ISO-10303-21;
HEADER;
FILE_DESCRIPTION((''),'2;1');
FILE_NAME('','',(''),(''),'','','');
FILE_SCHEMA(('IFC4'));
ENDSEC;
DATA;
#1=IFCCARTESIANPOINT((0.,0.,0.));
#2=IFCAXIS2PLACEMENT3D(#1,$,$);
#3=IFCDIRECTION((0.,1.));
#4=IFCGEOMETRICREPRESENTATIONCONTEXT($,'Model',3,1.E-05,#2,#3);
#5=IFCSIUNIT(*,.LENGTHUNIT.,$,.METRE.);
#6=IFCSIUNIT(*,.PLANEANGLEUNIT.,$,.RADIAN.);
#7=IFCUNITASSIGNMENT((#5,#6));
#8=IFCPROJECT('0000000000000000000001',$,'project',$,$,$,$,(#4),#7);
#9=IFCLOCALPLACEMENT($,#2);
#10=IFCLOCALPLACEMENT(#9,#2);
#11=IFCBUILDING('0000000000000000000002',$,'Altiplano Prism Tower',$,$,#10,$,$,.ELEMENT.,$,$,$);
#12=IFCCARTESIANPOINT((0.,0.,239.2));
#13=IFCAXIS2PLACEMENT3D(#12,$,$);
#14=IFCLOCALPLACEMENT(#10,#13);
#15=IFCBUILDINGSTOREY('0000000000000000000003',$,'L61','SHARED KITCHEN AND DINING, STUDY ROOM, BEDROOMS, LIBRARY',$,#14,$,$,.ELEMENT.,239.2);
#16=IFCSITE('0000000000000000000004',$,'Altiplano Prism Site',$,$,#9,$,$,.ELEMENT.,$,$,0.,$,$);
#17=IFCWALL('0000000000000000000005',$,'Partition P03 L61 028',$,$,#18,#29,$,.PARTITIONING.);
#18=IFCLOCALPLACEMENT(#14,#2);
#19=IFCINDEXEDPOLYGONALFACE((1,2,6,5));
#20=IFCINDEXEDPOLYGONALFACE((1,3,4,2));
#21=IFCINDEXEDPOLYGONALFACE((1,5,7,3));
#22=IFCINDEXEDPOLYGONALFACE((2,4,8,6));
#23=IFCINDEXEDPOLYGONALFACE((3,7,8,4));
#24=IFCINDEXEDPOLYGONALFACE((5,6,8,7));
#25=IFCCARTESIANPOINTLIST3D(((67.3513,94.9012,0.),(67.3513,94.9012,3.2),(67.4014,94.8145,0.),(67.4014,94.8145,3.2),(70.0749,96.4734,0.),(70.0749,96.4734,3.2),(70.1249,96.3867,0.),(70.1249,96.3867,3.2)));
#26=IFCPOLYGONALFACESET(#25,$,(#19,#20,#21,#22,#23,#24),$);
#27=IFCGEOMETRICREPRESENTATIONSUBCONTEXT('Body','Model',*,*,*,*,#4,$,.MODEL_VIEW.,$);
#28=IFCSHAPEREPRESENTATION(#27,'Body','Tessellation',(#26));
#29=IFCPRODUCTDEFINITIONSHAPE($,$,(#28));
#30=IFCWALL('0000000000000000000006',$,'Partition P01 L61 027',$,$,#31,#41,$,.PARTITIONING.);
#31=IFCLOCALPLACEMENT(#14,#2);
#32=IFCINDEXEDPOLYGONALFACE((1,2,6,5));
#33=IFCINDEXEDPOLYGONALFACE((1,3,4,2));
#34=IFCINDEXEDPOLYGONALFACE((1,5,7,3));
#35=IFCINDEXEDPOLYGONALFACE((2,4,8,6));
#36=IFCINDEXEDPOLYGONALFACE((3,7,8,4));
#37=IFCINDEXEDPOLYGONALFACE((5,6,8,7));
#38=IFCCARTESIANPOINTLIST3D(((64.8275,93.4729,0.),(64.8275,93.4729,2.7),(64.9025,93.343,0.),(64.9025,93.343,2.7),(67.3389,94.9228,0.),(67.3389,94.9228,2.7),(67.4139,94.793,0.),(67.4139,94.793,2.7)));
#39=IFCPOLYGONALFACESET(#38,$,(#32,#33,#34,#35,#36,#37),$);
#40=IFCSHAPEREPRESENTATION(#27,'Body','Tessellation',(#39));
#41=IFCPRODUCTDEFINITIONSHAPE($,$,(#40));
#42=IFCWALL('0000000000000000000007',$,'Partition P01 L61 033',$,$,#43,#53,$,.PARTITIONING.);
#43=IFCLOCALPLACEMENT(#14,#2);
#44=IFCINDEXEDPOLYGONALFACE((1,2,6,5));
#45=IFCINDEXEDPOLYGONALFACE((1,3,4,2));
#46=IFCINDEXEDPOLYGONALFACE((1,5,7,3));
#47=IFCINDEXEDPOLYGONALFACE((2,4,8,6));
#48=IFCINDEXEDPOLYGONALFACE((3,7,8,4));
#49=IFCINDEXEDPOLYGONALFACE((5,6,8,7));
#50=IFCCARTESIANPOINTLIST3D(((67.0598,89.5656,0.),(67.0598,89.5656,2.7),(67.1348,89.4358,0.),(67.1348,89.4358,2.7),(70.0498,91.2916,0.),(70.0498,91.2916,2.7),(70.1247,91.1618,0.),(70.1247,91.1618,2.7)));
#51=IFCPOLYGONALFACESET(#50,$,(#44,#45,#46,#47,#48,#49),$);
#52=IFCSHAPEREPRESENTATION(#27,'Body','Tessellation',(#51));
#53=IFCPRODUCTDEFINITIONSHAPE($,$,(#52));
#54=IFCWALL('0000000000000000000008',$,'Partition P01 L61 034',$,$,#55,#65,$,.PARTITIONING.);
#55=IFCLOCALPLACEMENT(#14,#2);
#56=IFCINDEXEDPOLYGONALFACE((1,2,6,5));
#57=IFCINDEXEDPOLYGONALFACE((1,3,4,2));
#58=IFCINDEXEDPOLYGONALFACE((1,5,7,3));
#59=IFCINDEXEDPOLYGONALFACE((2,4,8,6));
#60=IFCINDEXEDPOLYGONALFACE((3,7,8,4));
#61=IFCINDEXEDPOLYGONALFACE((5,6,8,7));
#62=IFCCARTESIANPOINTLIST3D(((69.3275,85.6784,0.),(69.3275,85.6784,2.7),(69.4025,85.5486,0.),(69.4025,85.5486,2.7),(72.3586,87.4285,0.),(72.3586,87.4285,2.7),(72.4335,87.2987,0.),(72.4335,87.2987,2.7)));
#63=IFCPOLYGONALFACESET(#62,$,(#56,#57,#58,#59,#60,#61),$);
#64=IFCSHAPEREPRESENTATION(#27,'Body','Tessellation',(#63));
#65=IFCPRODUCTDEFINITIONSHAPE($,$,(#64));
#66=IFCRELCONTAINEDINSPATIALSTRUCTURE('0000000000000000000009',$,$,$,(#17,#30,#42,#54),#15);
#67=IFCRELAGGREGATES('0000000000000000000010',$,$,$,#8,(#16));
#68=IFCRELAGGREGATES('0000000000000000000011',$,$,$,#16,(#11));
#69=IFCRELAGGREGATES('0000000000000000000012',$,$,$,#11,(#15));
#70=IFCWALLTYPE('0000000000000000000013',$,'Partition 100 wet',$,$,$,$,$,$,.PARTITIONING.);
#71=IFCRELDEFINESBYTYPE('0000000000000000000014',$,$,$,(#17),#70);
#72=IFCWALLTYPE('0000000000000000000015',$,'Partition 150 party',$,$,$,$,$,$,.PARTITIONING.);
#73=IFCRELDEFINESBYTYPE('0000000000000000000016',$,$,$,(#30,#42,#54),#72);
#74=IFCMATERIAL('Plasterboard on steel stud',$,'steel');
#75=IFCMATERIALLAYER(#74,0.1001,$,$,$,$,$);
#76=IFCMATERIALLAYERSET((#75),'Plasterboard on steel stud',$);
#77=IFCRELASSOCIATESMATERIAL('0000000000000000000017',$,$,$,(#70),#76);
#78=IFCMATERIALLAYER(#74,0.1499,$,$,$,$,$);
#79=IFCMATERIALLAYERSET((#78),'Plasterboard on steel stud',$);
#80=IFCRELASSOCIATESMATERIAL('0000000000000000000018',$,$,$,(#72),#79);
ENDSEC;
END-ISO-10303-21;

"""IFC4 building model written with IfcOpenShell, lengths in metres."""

from ifc_helpers import new_model, si_unit, direction, frame, frame_2d, origin, place, context, subcontext, project, spatial, rectangle, extrude, material, layer, layer_set, type_object, element, save


model = new_model("IFC4")

# Units and contexts
model_context = context("Model", 3, precision=1e-05, world=origin(), true_north=direction((0.0, 1.0)))
body_context = subcontext(model_context, "Body", "Model", "MODEL_VIEW")
ifc_project = project(units=[si_unit("LENGTHUNIT", "METRE"), si_unit("PLANEANGLEUNIT", "RADIAN")], contexts=[model_context])

# Site, building, storey
site_placement = place(None, origin())
site = spatial("IfcSite", under=ifc_project, at=site_placement, Name="Altiplano Prism Site", CompositionType="ELEMENT", RefElevation=0.0)
building_placement = place(site_placement, origin())
building = spatial("IfcBuilding", under=site, at=building_placement, Name="Altiplano Prism Tower", CompositionType="ELEMENT")
storey_placement = place(building_placement, frame((0.0, 0.0, 239.2)))
storey = spatial("IfcBuildingStorey", under=building, at=storey_placement, Name="L61", Description="SHARED KITCHEN AND DINING, STUDY ROOM, BEDROOMS, LIBRARY", CompositionType="ELEMENT", Elevation=239.2)

# Shared definitions
ifc_material_1 = material(Name="Plasterboard on steel stud", Category="steel")

# Walls
ifc_layer_1 = layer(ifc_material_1, 0.1001)
ifc_layer_set_1 = layer_set([ifc_layer_1], Name="Plasterboard on steel stud")
wall_type_1 = type_object("IfcWallType", Name="Partition 100 wet", PredefinedType="PARTITIONING", material=ifc_layer_set_1)
wall_1_placement = place(storey_placement, frame((67.3765, 94.8579, 0.0), z_axis=(0.0, 0.0, 1.0), x_axis=(0.866056, 0.499946, 0.0)))
element("IfcWall", 1, at=wall_1_placement, inside=storey, type_object=wall_type_1, Name="Partition P03 L61 028", PredefinedType="PARTITIONING", context=body_context, shape_type="SweptSolid", body=[
    extrude(rectangle(XDim=3.1448, YDim=0.1001, at=frame_2d((1.5723, 0.0))), origin(), (0.0, 0.0, 1.0), 3.2),
])
ifc_layer_2 = layer(ifc_material_1, 0.1499)
ifc_layer_set_2 = layer_set([ifc_layer_2], Name="Plasterboard on steel stud")
wall_type_2 = type_object("IfcWallType", Name="Partition 150 party", PredefinedType="PARTITIONING", material=ifc_layer_set_2)
wall_2_placement = place(storey_placement, frame((64.865, 93.408, 0.0), z_axis=(0.0, 0.0, 1.0), x_axis=(0.866033, 0.499987, 0.0)))
element("IfcWall", 2, at=wall_2_placement, inside=storey, type_object=wall_type_2, Name="Partition P01 L61 027", PredefinedType="PARTITIONING", context=body_context, shape_type="SweptSolid", body=[
    extrude(rectangle(XDim=2.8999, YDim=0.1499, at=frame_2d((1.45, 0.0))), origin(), (0.0, 0.0, 1.0), 2.7),
])
wall_3_placement = place(storey_placement, frame((67.0974, 89.5007, 0.0), z_axis=(0.0, 0.0, 1.0), x_axis=(0.86605, 0.499957, 0.0)))
element("IfcWall", 3, at=wall_3_placement, inside=storey, type_object=wall_type_2, Name="Partition P01 L61 033", PredefinedType="PARTITIONING", context=body_context, shape_type="SweptSolid", body=[
    extrude(rectangle(XDim=3.4524, YDim=0.1499, at=frame_2d((1.7261, 0.0))), origin(), (0.0, 0.0, 1.0), 2.7),
])
wall_4_placement = place(storey_placement, frame((69.365, 85.6135, 0.0), z_axis=(0.0, 0.0, 1.0), x_axis=(0.866019, 0.50001, 0.0)))
element("IfcWall", 4, at=wall_4_placement, inside=storey, type_object=wall_type_2, Name="Partition P01 L61 034", PredefinedType="PARTITIONING", context=body_context, shape_type="SweptSolid", body=[
    extrude(rectangle(XDim=3.5, YDim=0.1499, at=frame_2d((1.75, 0.0))), origin(), (0.0, 0.0, 1.0), 2.7),
])

save(model, "model.ifc")
